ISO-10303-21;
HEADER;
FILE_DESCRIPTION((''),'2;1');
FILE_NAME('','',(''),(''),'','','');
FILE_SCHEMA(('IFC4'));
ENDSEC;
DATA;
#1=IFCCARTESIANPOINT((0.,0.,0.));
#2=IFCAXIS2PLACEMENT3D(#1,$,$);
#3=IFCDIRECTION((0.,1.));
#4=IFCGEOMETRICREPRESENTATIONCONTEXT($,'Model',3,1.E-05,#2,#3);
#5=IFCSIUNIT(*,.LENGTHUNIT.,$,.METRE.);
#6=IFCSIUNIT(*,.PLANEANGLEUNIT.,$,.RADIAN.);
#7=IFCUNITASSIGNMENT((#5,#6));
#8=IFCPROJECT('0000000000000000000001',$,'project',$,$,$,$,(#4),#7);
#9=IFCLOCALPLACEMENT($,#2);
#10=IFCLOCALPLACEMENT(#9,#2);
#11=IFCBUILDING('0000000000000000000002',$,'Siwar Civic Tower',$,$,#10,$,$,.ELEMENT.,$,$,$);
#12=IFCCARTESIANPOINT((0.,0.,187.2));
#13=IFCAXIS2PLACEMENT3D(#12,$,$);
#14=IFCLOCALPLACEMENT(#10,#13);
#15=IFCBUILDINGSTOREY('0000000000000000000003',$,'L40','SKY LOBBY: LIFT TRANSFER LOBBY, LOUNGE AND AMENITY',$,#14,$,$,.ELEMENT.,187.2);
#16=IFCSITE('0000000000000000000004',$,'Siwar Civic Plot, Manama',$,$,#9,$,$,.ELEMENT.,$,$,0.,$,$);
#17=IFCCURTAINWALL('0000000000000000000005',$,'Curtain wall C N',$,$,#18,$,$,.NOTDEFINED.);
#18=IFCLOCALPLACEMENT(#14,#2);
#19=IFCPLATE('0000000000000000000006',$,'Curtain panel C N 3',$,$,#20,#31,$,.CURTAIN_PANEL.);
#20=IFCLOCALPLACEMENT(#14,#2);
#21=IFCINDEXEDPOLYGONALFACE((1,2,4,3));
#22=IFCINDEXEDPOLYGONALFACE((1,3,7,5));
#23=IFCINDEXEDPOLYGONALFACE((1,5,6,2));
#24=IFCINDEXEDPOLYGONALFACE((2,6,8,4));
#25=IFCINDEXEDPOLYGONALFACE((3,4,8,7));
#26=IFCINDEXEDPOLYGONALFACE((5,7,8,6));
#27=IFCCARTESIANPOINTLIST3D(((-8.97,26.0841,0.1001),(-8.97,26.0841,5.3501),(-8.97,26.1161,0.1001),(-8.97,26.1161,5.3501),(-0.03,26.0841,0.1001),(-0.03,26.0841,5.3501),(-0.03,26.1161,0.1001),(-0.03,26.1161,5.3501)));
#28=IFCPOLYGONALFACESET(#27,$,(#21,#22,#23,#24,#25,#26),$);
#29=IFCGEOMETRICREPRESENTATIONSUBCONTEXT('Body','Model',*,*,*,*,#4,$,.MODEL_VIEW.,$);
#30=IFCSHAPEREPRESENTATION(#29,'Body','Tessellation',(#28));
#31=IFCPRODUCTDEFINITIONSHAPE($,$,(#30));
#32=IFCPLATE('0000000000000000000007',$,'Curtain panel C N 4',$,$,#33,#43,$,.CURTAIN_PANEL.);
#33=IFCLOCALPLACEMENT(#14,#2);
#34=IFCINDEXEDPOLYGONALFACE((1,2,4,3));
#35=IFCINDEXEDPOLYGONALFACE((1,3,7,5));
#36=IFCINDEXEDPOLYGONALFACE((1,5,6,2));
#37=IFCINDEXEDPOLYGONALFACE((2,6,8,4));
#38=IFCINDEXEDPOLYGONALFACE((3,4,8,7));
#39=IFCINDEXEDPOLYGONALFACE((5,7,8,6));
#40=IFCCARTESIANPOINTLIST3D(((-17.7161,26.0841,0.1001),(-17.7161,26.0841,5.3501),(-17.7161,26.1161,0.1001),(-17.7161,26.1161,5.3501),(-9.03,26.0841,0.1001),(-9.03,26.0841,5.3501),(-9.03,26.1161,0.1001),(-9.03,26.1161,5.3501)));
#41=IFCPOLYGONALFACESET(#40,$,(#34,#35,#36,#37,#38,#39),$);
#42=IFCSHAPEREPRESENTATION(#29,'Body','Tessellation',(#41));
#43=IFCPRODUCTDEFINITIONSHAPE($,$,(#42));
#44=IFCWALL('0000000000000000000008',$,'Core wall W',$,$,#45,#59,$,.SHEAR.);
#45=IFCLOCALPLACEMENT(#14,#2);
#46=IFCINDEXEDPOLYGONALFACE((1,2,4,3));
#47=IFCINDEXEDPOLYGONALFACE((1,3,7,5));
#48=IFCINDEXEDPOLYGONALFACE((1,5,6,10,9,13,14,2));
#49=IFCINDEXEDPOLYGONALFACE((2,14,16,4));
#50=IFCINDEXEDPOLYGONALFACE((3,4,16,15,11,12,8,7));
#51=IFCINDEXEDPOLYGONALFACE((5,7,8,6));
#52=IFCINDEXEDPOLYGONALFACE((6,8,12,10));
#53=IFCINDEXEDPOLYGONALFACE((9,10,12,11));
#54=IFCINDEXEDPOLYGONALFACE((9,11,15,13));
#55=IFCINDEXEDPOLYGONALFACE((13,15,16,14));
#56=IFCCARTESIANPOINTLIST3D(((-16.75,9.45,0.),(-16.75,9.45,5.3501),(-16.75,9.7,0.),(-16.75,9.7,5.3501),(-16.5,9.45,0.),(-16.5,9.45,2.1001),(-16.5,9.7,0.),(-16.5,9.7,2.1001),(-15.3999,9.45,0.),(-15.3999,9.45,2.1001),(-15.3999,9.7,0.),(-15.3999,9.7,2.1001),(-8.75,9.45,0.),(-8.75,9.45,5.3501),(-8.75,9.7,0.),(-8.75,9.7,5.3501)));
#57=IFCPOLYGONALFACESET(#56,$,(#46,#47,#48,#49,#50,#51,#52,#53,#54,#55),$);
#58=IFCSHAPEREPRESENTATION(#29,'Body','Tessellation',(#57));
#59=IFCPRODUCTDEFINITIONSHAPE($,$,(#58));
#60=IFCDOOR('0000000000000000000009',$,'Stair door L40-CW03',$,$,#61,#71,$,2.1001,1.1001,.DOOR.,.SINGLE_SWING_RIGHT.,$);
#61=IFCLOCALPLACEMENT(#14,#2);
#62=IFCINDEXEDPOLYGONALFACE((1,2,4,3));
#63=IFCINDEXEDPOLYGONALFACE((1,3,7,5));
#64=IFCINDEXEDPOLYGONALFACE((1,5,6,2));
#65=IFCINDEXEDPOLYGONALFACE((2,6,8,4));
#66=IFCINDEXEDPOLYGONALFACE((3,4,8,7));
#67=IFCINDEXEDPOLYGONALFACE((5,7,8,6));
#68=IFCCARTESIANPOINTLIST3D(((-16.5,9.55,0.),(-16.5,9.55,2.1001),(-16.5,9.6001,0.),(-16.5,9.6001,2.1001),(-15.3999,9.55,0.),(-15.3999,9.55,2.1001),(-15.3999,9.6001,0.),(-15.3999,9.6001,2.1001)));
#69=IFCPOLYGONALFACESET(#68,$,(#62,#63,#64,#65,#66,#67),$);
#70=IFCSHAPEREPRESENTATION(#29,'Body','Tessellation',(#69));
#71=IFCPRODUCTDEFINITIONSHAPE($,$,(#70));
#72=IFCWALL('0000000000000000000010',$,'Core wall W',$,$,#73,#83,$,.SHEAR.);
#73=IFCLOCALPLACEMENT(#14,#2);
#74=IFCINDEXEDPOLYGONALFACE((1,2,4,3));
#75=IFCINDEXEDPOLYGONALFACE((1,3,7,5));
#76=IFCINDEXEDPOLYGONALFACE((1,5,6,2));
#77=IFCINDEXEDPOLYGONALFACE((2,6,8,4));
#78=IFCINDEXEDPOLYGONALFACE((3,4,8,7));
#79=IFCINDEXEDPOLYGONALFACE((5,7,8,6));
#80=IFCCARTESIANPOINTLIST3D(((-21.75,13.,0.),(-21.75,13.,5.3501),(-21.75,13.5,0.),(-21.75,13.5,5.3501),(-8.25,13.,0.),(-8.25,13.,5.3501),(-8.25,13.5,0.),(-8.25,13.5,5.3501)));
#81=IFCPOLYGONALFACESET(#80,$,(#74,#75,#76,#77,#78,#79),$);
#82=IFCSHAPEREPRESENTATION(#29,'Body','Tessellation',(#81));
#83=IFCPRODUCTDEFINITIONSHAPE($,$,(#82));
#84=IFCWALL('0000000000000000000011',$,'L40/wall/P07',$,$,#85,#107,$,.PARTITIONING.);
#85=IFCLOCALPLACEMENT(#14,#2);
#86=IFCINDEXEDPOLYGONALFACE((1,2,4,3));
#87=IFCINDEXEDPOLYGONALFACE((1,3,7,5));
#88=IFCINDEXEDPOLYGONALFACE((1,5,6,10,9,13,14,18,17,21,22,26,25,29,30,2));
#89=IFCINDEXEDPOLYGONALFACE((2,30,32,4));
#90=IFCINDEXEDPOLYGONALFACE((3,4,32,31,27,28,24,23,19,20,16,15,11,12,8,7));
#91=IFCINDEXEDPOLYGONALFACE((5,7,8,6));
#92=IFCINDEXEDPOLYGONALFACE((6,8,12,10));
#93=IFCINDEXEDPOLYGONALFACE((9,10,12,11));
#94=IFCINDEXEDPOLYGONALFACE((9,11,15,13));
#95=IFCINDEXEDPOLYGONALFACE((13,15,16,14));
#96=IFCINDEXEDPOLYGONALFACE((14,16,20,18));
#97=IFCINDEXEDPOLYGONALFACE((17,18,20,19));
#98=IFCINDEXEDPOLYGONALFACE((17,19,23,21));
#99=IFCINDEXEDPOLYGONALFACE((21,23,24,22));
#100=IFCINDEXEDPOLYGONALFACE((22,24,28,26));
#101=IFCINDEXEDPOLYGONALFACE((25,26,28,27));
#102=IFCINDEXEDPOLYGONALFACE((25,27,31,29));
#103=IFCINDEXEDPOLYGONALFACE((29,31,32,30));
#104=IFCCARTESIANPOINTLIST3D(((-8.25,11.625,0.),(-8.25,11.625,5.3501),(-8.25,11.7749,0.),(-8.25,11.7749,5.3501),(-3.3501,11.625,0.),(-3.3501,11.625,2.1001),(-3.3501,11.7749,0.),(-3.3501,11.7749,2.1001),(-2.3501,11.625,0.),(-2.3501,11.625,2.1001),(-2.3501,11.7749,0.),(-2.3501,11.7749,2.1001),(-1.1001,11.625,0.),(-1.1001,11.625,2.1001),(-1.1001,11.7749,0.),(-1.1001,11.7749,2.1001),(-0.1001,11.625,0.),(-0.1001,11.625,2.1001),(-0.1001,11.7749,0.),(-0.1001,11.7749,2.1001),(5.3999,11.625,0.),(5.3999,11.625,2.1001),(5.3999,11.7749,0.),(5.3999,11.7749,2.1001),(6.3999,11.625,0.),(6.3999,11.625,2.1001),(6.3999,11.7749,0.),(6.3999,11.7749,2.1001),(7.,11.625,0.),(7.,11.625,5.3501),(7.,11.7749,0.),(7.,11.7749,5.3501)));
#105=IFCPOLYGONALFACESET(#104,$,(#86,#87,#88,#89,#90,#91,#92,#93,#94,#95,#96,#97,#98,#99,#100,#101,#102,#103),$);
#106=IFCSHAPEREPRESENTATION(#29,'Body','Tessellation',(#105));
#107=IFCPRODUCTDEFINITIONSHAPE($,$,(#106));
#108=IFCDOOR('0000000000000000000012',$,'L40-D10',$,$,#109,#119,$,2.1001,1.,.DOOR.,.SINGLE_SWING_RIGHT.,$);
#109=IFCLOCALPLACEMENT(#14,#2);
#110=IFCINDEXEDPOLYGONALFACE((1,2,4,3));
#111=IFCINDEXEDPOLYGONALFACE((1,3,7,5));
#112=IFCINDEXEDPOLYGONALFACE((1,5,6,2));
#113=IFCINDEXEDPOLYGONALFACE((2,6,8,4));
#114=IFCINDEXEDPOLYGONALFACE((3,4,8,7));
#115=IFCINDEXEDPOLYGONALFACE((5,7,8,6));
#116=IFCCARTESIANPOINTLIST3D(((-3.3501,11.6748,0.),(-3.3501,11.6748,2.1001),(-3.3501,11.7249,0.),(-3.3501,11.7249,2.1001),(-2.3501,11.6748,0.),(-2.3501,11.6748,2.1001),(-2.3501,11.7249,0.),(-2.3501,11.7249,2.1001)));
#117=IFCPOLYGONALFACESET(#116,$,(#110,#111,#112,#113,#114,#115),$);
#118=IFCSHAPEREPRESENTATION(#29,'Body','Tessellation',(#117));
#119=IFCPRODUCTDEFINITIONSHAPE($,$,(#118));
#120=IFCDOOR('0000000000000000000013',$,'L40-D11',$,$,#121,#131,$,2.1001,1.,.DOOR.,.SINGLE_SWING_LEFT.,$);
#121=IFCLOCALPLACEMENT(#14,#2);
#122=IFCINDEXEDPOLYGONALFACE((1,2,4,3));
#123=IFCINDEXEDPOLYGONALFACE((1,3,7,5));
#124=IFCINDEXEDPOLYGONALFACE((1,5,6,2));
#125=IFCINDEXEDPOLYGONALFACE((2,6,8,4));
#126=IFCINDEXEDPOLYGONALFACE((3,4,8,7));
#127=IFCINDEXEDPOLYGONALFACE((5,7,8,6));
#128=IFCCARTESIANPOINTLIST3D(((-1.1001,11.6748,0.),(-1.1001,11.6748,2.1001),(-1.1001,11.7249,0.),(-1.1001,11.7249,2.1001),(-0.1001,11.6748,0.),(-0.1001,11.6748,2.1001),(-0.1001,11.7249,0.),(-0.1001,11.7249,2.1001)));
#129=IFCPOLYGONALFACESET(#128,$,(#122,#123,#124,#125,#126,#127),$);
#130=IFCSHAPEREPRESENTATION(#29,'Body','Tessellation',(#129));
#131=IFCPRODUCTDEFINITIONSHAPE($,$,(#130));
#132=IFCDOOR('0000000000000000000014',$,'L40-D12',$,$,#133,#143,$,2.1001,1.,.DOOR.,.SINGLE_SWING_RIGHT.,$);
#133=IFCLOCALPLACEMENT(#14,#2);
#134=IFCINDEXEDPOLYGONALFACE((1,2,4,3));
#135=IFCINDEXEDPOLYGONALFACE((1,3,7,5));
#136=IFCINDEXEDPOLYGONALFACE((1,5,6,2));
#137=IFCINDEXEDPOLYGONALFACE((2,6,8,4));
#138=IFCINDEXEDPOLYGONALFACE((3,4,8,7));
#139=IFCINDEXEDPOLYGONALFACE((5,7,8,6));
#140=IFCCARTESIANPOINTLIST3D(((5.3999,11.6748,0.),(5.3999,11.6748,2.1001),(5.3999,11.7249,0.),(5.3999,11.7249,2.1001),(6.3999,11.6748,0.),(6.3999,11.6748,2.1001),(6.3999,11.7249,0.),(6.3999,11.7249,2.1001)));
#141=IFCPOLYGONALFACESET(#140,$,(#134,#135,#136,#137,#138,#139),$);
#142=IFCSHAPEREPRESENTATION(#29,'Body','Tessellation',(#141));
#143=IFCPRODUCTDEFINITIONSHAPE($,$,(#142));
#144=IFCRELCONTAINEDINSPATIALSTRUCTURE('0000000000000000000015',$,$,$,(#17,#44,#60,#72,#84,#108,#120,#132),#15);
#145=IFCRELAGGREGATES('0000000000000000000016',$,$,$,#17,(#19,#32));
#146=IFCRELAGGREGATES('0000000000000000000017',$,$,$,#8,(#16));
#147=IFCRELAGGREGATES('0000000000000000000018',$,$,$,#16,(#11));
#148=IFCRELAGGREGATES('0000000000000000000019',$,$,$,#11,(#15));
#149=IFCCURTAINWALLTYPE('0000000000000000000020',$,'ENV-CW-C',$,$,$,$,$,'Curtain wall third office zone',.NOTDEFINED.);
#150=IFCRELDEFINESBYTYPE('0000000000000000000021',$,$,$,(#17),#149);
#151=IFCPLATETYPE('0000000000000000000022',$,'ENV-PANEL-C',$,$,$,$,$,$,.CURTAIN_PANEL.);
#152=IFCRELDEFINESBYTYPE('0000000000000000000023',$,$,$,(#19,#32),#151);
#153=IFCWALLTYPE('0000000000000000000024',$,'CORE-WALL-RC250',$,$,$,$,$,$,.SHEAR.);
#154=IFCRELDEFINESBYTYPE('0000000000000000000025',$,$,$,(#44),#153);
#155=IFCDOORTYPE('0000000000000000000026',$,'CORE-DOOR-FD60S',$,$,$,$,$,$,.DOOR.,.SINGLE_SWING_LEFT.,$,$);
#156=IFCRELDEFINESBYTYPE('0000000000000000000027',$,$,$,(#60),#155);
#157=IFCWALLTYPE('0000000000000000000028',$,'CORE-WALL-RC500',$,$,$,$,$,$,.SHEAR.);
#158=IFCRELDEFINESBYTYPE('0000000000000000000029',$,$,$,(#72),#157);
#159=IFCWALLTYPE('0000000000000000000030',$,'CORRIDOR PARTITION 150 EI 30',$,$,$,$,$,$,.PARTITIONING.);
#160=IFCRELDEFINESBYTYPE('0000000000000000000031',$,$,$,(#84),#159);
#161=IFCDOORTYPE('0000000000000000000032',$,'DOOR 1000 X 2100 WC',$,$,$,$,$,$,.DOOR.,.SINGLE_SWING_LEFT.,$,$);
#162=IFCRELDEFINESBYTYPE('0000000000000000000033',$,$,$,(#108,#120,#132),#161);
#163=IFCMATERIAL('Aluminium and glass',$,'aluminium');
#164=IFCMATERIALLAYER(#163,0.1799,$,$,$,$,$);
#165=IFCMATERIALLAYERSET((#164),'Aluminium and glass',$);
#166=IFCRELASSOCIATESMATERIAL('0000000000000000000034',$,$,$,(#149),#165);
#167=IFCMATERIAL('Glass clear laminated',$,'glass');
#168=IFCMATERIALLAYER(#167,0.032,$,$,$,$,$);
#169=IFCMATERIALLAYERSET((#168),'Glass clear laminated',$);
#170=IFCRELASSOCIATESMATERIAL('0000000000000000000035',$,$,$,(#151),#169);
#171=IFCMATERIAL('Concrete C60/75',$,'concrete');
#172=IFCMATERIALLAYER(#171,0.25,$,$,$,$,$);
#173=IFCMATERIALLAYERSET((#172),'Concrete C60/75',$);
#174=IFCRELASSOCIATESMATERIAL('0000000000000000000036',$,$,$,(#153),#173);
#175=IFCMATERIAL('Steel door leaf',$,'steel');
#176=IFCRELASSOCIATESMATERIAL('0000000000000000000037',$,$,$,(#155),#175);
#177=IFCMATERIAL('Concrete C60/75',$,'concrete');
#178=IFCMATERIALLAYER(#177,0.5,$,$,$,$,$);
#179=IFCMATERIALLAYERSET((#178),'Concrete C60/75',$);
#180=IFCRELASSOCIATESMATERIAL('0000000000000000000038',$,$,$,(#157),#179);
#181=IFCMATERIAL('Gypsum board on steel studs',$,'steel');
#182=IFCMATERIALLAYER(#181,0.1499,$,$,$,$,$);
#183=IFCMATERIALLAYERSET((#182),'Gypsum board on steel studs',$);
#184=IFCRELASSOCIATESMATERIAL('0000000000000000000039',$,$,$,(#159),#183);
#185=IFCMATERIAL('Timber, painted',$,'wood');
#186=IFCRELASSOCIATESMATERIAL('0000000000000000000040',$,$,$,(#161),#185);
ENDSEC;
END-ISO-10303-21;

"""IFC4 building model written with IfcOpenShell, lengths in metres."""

from ifc_helpers import new_model, si_unit, direction, frame, frame_2d, origin, origin_2d, place, context, subcontext, project, spatial, rectangle, extrude, material, layer, layer_set, type_object, element, fill, aggregate, save


model = new_model("IFC4")

# Units and contexts
model_context = context("Model", 3, precision=1e-05, world=origin(), true_north=direction((0.0, 1.0)))
body_context = subcontext(model_context, "Body", "Model", "MODEL_VIEW")
ifc_project = project(units=[si_unit("LENGTHUNIT", "METRE"), si_unit("PLANEANGLEUNIT", "RADIAN")], contexts=[model_context])

# Site, building, storey
site_placement = place(None, origin())
site = spatial("IfcSite", under=ifc_project, at=site_placement, Name="Siwar Civic Plot, Manama", CompositionType="ELEMENT", RefElevation=0.0)
building_placement = place(site_placement, origin())
building = spatial("IfcBuilding", under=site, at=building_placement, Name="Siwar Civic Tower", CompositionType="ELEMENT")
storey_placement = place(building_placement, frame((0.0, 0.0, 187.2)))
storey = spatial("IfcBuildingStorey", under=building, at=storey_placement, Name="L40", Description="SKY LOBBY: LIFT TRANSFER LOBBY, LOUNGE AND AMENITY", CompositionType="ELEMENT", Elevation=187.2)

# Curtain wall
ifc_material_1 = material(Name="Aluminium and glass", Category="aluminium")
ifc_layer_1 = layer(ifc_material_1, 0.1799)
ifc_layer_set_1 = layer_set([ifc_layer_1], Name="Aluminium and glass")
curtain_wall_type_1 = type_object("IfcCurtainWallType", Name="ENV-CW-C", ElementType="Curtain wall third office zone", PredefinedType="NOTDEFINED", material=ifc_layer_set_1)
curtain_wall_1_placement = place(storey_placement, origin())
curtain_wall_1 = element("IfcCurtainWall", 1, at=curtain_wall_1_placement, inside=storey, type_object=curtain_wall_type_1, Name="Curtain wall C N", PredefinedType="NOTDEFINED")

# Plates
ifc_material_2 = material(Name="Glass clear laminated", Category="glass")
ifc_layer_2 = layer(ifc_material_2, 0.032)
ifc_layer_set_2 = layer_set([ifc_layer_2], Name="Glass clear laminated")
plate_type = type_object("IfcPlateType", Name="ENV-PANEL-C", PredefinedType="CURTAIN_PANEL", material=ifc_layer_set_2)
plate_1_placement = place(storey_placement, frame((-4.5, 26.1001, 0.1001), z_axis=(0.0, 0.0, 1.0), x_axis=(-1.0, 0.0, 0.0)))
plate_1 = element("IfcPlate", 2, at=plate_1_placement, type_object=plate_type, Name="Curtain panel C N 3", PredefinedType="CURTAIN_PANEL", context=body_context, shape_type="SweptSolid", body=[
    extrude(rectangle(XDim=8.9399, YDim=0.032, at=origin_2d()), origin(), (0.0, 0.0, 1.0), 5.25),
])
plate_2_placement = place(storey_placement, frame((-13.373, 26.1001, 0.1001), z_axis=(0.0, 0.0, 1.0), x_axis=(-1.0, 0.0, 0.0)))
plate_2 = element("IfcPlate", 3, at=plate_2_placement, type_object=plate_type, Name="Curtain panel C N 4", PredefinedType="CURTAIN_PANEL", context=body_context, shape_type="SweptSolid", body=[
    extrude(rectangle(XDim=8.686, YDim=0.032, at=origin_2d()), origin(), (0.0, 0.0, 1.0), 5.25),
])
aggregate(curtain_wall_1, [plate_1, plate_2])

# Wall, opening, door
ifc_material_3 = material(Name="Concrete C60/75", Category="concrete")
ifc_layer_3 = layer(ifc_material_3, 0.25)
ifc_layer_set_3 = layer_set([ifc_layer_3], Name="Concrete C60/75")
wall_type_1 = type_object("IfcWallType", Name="CORE-WALL-RC250", PredefinedType="SHEAR", material=ifc_layer_set_3)
wall_1_placement = place(storey_placement, frame((-8.75, 9.575, 0.0), z_axis=(0.0, 0.0, 1.0), x_axis=(-1.0, 0.0, 0.0)))
wall_1 = element("IfcWall", 4, at=wall_1_placement, inside=storey, type_object=wall_type_1, Name="Core wall W", PredefinedType="SHEAR", context=body_context, shape_type="SweptSolid", body=[
    extrude(rectangle(XDim=8.0, YDim=0.25, at=frame_2d((4.0, 0.0))), origin(), (0.0, 0.0, 1.0), 5.3501),
])
opening_1_placement = place(wall_1_placement, frame((6.6499, 0.0, 0.0)))
opening_1 = element("IfcOpeningElement", 5, at=opening_1_placement, cuts=wall_1, PredefinedType="OPENING", context=body_context, shape_type="SweptSolid", body=[
    extrude(rectangle(XDim=1.1001, YDim=2.1001, at=frame_2d((0.55, 1.05))), frame((0.0, 0.135, 0.0), z_axis=(0.0, -1.0, 0.0), x_axis=(1.0, 0.0, 0.0)), (0.0, 0.0, 1.0), 0.27),
])
ifc_material_4 = material(Name="Steel door leaf", Category="steel")
door_type_1 = type_object("IfcDoorType", Name="CORE-DOOR-FD60S", OperationType="SINGLE_SWING_LEFT", PredefinedType="DOOR", material=ifc_material_4)
door_1_placement = place(opening_1_placement, origin())
door_1 = element("IfcDoor", 6, at=door_1_placement, inside=storey, type_object=door_type_1, Name="Stair door L40-CW03", OperationType="SINGLE_SWING_RIGHT", OverallHeight=2.1001, OverallWidth=1.1001, PredefinedType="DOOR", context=body_context, shape_type="SweptSolid", body=[
    extrude(rectangle(XDim=1.1001, YDim=2.1001, at=frame_2d((0.55, 1.05))), frame((0.0, 0.0249, 0.0), z_axis=(0.0, -1.0, 0.0), x_axis=(1.0, 0.0, 0.0)), (0.0, 0.0, 1.0), 0.05),
])
fill(opening_1, door_1)

# Wall
ifc_material_5 = material(Name="Concrete C60/75", Category="concrete")
ifc_layer_4 = layer(ifc_material_5, 0.5)
ifc_layer_set_4 = layer_set([ifc_layer_4], Name="Concrete C60/75")
wall_type_2 = type_object("IfcWallType", Name="CORE-WALL-RC500", PredefinedType="SHEAR", material=ifc_layer_set_4)
wall_2_placement = place(storey_placement, frame((-8.25, 13.25, 0.0), z_axis=(0.0, 0.0, 1.0), x_axis=(-1.0, 0.0, 0.0)))
element("IfcWall", 7, at=wall_2_placement, inside=storey, type_object=wall_type_2, Name="Core wall W", PredefinedType="SHEAR", context=body_context, shape_type="SweptSolid", body=[
    extrude(rectangle(XDim=13.5, YDim=0.5, at=frame_2d((6.75, 0.0))), origin(), (0.0, 0.0, 1.0), 5.3501),
])

# Wall, openings, doors
ifc_material_6 = material(Name="Gypsum board on steel studs", Category="steel")
ifc_layer_5 = layer(ifc_material_6, 0.1499)
ifc_layer_set_5 = layer_set([ifc_layer_5], Name="Gypsum board on steel studs")
wall_type_3 = type_object("IfcWallType", Name="CORRIDOR PARTITION 150 EI 30", PredefinedType="PARTITIONING", material=ifc_layer_set_5)
wall_3_placement = place(storey_placement, frame((-8.25, 11.7, 0.0), z_axis=(0.0, 0.0, 1.0), x_axis=(1.0, 0.0, 0.0)))
wall_3 = element("IfcWall", 8, at=wall_3_placement, inside=storey, type_object=wall_type_3, Name="L40/wall/P07", PredefinedType="PARTITIONING", context=body_context, shape_type="SweptSolid", body=[
    extrude(rectangle(XDim=15.25, YDim=0.1499, at=frame_2d((7.625, 0.0))), origin(), (0.0, 0.0, 1.0), 5.3501),
])
opening_2_placement = place(wall_3_placement, frame((4.8999, 0.0, 0.0)))
opening_2 = element("IfcOpeningElement", 9, at=opening_2_placement, cuts=wall_3, PredefinedType="OPENING", context=body_context, shape_type="SweptSolid", body=[
    extrude(rectangle(XDim=1.0, YDim=2.1001, at=frame_2d((0.5, 1.05))), frame((0.0, 0.085, 0.0), z_axis=(0.0, -1.0, 0.0), x_axis=(1.0, 0.0, 0.0)), (0.0, 0.0, 1.0), 0.1699),
])
opening_3_placement = place(wall_3_placement, frame((7.1499, 0.0, 0.0)))
opening_3 = element("IfcOpeningElement", 10, at=opening_3_placement, cuts=wall_3, PredefinedType="OPENING", context=body_context, shape_type="SweptSolid", body=[
    extrude(rectangle(XDim=1.0, YDim=2.1001, at=frame_2d((0.5, 1.05))), frame((0.0, 0.085, 0.0), z_axis=(0.0, -1.0, 0.0), x_axis=(1.0, 0.0, 0.0)), (0.0, 0.0, 1.0), 0.1699),
])
opening_4_placement = place(wall_3_placement, frame((13.6499, 0.0, 0.0)))
opening_4 = element("IfcOpeningElement", 11, at=opening_4_placement, cuts=wall_3, PredefinedType="OPENING", context=body_context, shape_type="SweptSolid", body=[
    extrude(rectangle(XDim=1.0, YDim=2.1001, at=frame_2d((0.5, 1.05))), frame((0.0, 0.085, 0.0), z_axis=(0.0, -1.0, 0.0), x_axis=(1.0, 0.0, 0.0)), (0.0, 0.0, 1.0), 0.1699),
])
ifc_material_7 = material(Name="Timber, painted", Category="wood")
door_type_2 = type_object("IfcDoorType", Name="DOOR 1000 X 2100 WC", OperationType="SINGLE_SWING_LEFT", PredefinedType="DOOR", material=ifc_material_7)
door_2_placement = place(opening_2_placement, origin())
door_2 = element("IfcDoor", 12, at=door_2_placement, inside=storey, type_object=door_type_2, Name="L40-D10", OperationType="SINGLE_SWING_RIGHT", OverallHeight=2.1001, OverallWidth=1.0, PredefinedType="DOOR", context=body_context, shape_type="SweptSolid", body=[
    extrude(rectangle(XDim=1.0, YDim=2.1001, at=frame_2d((0.5, 1.05))), frame((0.0, 0.0249, 0.0), z_axis=(0.0, -1.0, 0.0), x_axis=(1.0, 0.0, 0.0)), (0.0, 0.0, 1.0), 0.05),
])
fill(opening_2, door_2)
door_3_placement = place(opening_3_placement, origin())
door_3 = element("IfcDoor", 13, at=door_3_placement, inside=storey, type_object=door_type_2, Name="L40-D11", OperationType="SINGLE_SWING_LEFT", OverallHeight=2.1001, OverallWidth=1.0, PredefinedType="DOOR", context=body_context, shape_type="SweptSolid", body=[
    extrude(rectangle(XDim=1.0, YDim=2.1001, at=frame_2d((0.5, 1.05))), frame((0.0, 0.0249, 0.0), z_axis=(0.0, -1.0, 0.0), x_axis=(1.0, 0.0, 0.0)), (0.0, 0.0, 1.0), 0.05),
])
fill(opening_3, door_3)
door_4_placement = place(opening_4_placement, origin())
door_4 = element("IfcDoor", 14, at=door_4_placement, inside=storey, type_object=door_type_2, Name="L40-D12", OperationType="SINGLE_SWING_RIGHT", OverallHeight=2.1001, OverallWidth=1.0, PredefinedType="DOOR", context=body_context, shape_type="SweptSolid", body=[
    extrude(rectangle(XDim=1.0, YDim=2.1001, at=frame_2d((0.5, 1.05))), frame((0.0, 0.0249, 0.0), z_axis=(0.0, -1.0, 0.0), x_axis=(1.0, 0.0, 0.0)), (0.0, 0.0, 1.0), 0.05),
])
fill(opening_4, door_4)

save(model, "model.ifc")
